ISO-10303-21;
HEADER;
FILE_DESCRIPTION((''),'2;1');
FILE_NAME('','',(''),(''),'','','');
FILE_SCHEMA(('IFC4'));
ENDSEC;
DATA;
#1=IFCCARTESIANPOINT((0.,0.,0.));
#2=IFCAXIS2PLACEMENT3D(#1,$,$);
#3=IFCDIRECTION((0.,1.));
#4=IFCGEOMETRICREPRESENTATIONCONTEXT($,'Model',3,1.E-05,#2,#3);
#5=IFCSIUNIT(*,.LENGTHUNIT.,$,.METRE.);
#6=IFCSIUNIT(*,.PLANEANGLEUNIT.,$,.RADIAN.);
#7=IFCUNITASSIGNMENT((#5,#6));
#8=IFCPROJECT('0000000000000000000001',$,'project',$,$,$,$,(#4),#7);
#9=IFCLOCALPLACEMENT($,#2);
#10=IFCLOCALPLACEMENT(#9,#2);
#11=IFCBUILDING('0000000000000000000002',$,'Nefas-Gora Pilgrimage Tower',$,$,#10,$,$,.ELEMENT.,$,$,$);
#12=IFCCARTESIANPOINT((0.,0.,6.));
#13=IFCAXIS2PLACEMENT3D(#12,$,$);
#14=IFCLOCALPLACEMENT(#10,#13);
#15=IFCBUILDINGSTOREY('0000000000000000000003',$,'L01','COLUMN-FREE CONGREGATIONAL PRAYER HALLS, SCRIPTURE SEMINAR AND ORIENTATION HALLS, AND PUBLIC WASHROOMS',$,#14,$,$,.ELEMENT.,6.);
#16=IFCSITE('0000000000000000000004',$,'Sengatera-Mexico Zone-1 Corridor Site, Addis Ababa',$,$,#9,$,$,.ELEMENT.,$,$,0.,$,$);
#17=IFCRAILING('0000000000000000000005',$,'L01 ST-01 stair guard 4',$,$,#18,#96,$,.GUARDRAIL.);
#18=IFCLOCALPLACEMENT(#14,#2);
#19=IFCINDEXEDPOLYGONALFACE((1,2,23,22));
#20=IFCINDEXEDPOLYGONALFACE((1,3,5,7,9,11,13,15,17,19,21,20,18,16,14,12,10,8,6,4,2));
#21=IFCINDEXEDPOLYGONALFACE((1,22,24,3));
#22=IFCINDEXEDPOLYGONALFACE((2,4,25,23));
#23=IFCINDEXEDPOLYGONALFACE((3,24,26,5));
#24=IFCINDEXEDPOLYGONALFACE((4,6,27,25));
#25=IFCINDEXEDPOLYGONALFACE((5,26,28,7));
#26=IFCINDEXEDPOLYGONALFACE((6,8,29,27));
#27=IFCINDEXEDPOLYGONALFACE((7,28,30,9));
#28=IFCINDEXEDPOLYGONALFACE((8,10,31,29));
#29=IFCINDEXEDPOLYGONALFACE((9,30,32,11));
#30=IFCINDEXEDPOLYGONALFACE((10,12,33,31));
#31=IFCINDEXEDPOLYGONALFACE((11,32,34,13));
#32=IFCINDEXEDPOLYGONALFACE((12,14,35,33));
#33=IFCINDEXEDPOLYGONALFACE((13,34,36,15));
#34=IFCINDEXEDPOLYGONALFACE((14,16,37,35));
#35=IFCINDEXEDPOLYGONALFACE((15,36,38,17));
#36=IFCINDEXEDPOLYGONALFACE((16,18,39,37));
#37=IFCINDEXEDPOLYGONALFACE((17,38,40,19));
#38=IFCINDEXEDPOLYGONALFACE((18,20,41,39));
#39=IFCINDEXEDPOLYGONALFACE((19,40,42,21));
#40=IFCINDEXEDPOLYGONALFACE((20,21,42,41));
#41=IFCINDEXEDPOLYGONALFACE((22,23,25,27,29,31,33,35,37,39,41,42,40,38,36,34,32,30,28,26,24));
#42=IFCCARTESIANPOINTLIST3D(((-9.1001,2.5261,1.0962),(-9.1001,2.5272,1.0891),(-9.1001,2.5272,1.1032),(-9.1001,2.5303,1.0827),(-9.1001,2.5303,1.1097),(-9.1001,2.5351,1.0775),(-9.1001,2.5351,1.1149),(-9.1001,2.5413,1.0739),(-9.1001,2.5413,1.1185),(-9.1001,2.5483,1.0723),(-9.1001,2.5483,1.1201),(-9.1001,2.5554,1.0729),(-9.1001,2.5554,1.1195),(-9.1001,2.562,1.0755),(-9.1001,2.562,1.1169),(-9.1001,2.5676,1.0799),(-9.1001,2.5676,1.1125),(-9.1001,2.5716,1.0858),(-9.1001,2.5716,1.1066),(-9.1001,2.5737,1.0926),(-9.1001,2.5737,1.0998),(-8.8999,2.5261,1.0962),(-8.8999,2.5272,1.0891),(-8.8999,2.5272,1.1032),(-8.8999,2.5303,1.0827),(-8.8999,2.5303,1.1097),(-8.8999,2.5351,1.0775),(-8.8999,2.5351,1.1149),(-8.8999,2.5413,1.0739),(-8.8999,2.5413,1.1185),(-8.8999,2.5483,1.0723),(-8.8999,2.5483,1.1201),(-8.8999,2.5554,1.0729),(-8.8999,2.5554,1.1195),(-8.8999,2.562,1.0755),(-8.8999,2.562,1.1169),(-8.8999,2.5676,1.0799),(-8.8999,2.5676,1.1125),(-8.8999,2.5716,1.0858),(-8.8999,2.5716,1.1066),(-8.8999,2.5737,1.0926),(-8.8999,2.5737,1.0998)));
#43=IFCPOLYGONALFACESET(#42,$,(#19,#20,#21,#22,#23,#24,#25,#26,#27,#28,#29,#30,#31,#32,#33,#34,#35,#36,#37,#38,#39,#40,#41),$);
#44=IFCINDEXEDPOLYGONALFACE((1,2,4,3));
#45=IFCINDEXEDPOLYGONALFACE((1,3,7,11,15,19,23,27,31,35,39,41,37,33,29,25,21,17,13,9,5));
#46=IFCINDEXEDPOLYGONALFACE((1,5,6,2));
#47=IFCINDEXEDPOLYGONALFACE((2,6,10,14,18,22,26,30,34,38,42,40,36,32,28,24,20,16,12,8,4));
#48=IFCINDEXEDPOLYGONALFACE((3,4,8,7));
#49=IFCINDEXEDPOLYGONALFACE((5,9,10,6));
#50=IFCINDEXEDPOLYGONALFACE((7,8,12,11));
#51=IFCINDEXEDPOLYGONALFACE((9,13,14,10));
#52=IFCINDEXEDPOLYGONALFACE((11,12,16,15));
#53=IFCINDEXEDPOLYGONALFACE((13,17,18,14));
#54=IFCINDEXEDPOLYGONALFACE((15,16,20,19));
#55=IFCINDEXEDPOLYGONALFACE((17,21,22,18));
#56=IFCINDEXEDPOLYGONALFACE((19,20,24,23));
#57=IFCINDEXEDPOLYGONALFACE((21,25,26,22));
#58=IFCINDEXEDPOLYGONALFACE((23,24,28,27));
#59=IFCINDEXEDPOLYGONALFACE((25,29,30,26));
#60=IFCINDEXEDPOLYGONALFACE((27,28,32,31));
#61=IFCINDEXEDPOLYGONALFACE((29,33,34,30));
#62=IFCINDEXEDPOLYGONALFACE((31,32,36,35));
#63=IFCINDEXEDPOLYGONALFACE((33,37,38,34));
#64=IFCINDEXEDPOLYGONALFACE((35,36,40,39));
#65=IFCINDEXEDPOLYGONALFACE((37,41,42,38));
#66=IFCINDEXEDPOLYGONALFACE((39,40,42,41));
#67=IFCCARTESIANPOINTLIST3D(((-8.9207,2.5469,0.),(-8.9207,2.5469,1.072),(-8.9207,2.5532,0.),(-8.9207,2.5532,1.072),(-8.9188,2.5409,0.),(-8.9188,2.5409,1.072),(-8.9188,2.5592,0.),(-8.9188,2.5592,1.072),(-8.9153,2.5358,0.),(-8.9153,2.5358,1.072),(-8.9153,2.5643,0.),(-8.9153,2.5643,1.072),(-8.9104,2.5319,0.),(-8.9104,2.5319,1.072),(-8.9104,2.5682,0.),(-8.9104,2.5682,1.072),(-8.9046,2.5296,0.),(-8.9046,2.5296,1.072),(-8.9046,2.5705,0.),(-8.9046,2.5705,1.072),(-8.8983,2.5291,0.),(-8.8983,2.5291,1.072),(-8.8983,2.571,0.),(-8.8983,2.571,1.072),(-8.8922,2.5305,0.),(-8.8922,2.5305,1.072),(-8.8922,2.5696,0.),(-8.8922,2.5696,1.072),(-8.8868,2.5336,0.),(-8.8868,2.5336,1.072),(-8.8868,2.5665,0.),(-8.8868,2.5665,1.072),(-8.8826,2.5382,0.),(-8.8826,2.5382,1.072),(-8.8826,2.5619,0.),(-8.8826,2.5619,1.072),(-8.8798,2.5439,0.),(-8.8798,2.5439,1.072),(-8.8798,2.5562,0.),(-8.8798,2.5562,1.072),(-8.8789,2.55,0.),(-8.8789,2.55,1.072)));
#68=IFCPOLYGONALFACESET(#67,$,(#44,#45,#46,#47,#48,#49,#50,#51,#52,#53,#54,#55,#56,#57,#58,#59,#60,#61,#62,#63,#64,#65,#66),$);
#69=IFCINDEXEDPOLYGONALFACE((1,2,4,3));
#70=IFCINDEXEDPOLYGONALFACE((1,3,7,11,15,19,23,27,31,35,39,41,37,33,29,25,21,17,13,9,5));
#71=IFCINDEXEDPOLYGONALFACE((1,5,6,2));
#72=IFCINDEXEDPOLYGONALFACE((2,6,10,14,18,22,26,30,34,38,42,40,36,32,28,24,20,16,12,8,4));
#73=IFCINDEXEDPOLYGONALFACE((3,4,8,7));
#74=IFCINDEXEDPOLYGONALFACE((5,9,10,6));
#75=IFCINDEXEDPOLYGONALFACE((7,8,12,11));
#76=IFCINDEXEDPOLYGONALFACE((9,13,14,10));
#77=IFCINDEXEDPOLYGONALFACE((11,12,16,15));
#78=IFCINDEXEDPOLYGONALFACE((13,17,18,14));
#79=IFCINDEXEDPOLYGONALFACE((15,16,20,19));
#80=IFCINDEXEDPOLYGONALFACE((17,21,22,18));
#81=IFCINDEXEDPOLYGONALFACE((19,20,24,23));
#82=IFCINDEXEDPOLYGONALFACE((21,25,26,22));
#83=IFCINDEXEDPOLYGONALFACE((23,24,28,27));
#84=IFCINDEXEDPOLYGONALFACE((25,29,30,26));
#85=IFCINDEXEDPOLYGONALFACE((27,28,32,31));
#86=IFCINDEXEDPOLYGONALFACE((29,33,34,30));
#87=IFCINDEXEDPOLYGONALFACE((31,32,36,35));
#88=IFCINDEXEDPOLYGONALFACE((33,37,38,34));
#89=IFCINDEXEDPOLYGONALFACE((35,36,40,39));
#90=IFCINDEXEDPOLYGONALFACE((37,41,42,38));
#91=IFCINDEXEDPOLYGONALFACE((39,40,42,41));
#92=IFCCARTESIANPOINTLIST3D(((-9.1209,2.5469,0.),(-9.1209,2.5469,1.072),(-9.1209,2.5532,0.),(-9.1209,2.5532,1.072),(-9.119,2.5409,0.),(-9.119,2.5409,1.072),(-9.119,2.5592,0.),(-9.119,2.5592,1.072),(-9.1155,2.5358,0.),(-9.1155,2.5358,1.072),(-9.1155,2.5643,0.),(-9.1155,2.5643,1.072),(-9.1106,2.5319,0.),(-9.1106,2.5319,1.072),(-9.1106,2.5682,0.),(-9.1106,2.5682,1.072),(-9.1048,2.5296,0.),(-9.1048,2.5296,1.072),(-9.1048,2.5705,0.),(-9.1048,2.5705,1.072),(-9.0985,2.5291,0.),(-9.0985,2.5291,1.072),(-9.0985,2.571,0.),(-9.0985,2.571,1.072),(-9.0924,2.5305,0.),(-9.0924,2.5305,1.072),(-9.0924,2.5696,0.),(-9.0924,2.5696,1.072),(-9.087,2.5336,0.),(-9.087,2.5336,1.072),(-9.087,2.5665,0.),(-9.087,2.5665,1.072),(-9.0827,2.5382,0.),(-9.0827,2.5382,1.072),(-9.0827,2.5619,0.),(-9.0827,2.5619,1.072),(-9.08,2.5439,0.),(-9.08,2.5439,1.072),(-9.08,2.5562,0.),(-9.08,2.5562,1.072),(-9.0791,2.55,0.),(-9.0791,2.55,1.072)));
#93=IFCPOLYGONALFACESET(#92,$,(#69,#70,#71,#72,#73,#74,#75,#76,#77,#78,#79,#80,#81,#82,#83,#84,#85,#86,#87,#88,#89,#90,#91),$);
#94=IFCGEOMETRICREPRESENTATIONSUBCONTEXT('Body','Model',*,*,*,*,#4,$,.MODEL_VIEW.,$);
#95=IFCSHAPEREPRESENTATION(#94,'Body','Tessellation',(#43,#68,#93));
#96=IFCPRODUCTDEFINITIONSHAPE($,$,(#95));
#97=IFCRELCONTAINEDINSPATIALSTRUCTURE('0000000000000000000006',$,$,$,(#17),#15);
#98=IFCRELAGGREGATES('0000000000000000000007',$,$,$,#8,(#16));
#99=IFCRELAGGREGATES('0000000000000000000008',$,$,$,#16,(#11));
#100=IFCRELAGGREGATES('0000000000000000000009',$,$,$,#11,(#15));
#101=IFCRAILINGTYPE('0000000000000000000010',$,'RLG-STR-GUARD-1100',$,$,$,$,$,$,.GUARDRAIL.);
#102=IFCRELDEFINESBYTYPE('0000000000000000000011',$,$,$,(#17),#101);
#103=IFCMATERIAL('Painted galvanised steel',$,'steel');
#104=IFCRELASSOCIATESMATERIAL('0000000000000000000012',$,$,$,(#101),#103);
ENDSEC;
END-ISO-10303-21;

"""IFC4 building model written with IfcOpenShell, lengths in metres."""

from ifc_helpers import new_model, si_unit, direction, frame, origin, origin_2d, place, context, subcontext, project, spatial, circle, extrude, material, type_object, element, save


model = new_model("IFC4")

# Units and contexts
model_context = context("Model", 3, precision=1e-05, world=origin(), true_north=direction((0.0, 1.0)))
body_context = subcontext(model_context, "Body", "Model", "MODEL_VIEW")
ifc_project = project(units=[si_unit("LENGTHUNIT", "METRE"), si_unit("PLANEANGLEUNIT", "RADIAN")], contexts=[model_context])

# Site, building, storey
site_placement = place(None, origin())
site = spatial("IfcSite", under=ifc_project, at=site_placement, Name="Sengatera-Mexico Zone-1 Corridor Site, Addis Ababa", CompositionType="ELEMENT", RefElevation=0.0)
building_placement = place(site_placement, origin())
building = spatial("IfcBuilding", under=site, at=building_placement, Name="Nefas-Gora Pilgrimage Tower", CompositionType="ELEMENT")
storey_placement = place(building_placement, frame((0.0, 0.0, 6.0)))
storey = spatial("IfcBuildingStorey", under=building, at=storey_placement, Name="L01", Description="COLUMN-FREE CONGREGATIONAL PRAYER HALLS, SCRIPTURE SEMINAR AND ORIENTATION HALLS, AND PUBLIC WASHROOMS", CompositionType="ELEMENT", Elevation=6.0)

# Railing
ifc_material_1 = material(Name="Painted galvanised steel", Category="steel")
railing_type_1 = type_object("IfcRailingType", Name="RLG-STR-GUARD-1100", PredefinedType="GUARDRAIL", material=ifc_material_1)
railing_1_placement = place(storey_placement, frame((-8.8999, 2.55, 0.0)))
element("IfcRailing", 1, at=railing_1_placement, inside=storey, type_object=railing_type_1, Name="L01 ST-01 stair guard 4", PredefinedType="GUARDRAIL", context=body_context, shape_type="SweptSolid", body=[
    extrude(circle(Radius=0.0239, at=origin_2d()), frame((0.0, 0.0, 1.0962), z_axis=(-1.0, 0.0, 0.0), x_axis=(0.0, -1.0, 0.0)), (0.0, 0.0, 1.0), 0.2002),
    extrude(circle(Radius=0.021, at=origin_2d()), origin(), (0.0, 0.0, 1.0), 1.072),
    extrude(circle(Radius=0.021, at=origin_2d()), frame((-0.2002, 0.0, 0.0)), (0.0, 0.0, 1.0), 1.072),
])

save(model, "model.ifc")
